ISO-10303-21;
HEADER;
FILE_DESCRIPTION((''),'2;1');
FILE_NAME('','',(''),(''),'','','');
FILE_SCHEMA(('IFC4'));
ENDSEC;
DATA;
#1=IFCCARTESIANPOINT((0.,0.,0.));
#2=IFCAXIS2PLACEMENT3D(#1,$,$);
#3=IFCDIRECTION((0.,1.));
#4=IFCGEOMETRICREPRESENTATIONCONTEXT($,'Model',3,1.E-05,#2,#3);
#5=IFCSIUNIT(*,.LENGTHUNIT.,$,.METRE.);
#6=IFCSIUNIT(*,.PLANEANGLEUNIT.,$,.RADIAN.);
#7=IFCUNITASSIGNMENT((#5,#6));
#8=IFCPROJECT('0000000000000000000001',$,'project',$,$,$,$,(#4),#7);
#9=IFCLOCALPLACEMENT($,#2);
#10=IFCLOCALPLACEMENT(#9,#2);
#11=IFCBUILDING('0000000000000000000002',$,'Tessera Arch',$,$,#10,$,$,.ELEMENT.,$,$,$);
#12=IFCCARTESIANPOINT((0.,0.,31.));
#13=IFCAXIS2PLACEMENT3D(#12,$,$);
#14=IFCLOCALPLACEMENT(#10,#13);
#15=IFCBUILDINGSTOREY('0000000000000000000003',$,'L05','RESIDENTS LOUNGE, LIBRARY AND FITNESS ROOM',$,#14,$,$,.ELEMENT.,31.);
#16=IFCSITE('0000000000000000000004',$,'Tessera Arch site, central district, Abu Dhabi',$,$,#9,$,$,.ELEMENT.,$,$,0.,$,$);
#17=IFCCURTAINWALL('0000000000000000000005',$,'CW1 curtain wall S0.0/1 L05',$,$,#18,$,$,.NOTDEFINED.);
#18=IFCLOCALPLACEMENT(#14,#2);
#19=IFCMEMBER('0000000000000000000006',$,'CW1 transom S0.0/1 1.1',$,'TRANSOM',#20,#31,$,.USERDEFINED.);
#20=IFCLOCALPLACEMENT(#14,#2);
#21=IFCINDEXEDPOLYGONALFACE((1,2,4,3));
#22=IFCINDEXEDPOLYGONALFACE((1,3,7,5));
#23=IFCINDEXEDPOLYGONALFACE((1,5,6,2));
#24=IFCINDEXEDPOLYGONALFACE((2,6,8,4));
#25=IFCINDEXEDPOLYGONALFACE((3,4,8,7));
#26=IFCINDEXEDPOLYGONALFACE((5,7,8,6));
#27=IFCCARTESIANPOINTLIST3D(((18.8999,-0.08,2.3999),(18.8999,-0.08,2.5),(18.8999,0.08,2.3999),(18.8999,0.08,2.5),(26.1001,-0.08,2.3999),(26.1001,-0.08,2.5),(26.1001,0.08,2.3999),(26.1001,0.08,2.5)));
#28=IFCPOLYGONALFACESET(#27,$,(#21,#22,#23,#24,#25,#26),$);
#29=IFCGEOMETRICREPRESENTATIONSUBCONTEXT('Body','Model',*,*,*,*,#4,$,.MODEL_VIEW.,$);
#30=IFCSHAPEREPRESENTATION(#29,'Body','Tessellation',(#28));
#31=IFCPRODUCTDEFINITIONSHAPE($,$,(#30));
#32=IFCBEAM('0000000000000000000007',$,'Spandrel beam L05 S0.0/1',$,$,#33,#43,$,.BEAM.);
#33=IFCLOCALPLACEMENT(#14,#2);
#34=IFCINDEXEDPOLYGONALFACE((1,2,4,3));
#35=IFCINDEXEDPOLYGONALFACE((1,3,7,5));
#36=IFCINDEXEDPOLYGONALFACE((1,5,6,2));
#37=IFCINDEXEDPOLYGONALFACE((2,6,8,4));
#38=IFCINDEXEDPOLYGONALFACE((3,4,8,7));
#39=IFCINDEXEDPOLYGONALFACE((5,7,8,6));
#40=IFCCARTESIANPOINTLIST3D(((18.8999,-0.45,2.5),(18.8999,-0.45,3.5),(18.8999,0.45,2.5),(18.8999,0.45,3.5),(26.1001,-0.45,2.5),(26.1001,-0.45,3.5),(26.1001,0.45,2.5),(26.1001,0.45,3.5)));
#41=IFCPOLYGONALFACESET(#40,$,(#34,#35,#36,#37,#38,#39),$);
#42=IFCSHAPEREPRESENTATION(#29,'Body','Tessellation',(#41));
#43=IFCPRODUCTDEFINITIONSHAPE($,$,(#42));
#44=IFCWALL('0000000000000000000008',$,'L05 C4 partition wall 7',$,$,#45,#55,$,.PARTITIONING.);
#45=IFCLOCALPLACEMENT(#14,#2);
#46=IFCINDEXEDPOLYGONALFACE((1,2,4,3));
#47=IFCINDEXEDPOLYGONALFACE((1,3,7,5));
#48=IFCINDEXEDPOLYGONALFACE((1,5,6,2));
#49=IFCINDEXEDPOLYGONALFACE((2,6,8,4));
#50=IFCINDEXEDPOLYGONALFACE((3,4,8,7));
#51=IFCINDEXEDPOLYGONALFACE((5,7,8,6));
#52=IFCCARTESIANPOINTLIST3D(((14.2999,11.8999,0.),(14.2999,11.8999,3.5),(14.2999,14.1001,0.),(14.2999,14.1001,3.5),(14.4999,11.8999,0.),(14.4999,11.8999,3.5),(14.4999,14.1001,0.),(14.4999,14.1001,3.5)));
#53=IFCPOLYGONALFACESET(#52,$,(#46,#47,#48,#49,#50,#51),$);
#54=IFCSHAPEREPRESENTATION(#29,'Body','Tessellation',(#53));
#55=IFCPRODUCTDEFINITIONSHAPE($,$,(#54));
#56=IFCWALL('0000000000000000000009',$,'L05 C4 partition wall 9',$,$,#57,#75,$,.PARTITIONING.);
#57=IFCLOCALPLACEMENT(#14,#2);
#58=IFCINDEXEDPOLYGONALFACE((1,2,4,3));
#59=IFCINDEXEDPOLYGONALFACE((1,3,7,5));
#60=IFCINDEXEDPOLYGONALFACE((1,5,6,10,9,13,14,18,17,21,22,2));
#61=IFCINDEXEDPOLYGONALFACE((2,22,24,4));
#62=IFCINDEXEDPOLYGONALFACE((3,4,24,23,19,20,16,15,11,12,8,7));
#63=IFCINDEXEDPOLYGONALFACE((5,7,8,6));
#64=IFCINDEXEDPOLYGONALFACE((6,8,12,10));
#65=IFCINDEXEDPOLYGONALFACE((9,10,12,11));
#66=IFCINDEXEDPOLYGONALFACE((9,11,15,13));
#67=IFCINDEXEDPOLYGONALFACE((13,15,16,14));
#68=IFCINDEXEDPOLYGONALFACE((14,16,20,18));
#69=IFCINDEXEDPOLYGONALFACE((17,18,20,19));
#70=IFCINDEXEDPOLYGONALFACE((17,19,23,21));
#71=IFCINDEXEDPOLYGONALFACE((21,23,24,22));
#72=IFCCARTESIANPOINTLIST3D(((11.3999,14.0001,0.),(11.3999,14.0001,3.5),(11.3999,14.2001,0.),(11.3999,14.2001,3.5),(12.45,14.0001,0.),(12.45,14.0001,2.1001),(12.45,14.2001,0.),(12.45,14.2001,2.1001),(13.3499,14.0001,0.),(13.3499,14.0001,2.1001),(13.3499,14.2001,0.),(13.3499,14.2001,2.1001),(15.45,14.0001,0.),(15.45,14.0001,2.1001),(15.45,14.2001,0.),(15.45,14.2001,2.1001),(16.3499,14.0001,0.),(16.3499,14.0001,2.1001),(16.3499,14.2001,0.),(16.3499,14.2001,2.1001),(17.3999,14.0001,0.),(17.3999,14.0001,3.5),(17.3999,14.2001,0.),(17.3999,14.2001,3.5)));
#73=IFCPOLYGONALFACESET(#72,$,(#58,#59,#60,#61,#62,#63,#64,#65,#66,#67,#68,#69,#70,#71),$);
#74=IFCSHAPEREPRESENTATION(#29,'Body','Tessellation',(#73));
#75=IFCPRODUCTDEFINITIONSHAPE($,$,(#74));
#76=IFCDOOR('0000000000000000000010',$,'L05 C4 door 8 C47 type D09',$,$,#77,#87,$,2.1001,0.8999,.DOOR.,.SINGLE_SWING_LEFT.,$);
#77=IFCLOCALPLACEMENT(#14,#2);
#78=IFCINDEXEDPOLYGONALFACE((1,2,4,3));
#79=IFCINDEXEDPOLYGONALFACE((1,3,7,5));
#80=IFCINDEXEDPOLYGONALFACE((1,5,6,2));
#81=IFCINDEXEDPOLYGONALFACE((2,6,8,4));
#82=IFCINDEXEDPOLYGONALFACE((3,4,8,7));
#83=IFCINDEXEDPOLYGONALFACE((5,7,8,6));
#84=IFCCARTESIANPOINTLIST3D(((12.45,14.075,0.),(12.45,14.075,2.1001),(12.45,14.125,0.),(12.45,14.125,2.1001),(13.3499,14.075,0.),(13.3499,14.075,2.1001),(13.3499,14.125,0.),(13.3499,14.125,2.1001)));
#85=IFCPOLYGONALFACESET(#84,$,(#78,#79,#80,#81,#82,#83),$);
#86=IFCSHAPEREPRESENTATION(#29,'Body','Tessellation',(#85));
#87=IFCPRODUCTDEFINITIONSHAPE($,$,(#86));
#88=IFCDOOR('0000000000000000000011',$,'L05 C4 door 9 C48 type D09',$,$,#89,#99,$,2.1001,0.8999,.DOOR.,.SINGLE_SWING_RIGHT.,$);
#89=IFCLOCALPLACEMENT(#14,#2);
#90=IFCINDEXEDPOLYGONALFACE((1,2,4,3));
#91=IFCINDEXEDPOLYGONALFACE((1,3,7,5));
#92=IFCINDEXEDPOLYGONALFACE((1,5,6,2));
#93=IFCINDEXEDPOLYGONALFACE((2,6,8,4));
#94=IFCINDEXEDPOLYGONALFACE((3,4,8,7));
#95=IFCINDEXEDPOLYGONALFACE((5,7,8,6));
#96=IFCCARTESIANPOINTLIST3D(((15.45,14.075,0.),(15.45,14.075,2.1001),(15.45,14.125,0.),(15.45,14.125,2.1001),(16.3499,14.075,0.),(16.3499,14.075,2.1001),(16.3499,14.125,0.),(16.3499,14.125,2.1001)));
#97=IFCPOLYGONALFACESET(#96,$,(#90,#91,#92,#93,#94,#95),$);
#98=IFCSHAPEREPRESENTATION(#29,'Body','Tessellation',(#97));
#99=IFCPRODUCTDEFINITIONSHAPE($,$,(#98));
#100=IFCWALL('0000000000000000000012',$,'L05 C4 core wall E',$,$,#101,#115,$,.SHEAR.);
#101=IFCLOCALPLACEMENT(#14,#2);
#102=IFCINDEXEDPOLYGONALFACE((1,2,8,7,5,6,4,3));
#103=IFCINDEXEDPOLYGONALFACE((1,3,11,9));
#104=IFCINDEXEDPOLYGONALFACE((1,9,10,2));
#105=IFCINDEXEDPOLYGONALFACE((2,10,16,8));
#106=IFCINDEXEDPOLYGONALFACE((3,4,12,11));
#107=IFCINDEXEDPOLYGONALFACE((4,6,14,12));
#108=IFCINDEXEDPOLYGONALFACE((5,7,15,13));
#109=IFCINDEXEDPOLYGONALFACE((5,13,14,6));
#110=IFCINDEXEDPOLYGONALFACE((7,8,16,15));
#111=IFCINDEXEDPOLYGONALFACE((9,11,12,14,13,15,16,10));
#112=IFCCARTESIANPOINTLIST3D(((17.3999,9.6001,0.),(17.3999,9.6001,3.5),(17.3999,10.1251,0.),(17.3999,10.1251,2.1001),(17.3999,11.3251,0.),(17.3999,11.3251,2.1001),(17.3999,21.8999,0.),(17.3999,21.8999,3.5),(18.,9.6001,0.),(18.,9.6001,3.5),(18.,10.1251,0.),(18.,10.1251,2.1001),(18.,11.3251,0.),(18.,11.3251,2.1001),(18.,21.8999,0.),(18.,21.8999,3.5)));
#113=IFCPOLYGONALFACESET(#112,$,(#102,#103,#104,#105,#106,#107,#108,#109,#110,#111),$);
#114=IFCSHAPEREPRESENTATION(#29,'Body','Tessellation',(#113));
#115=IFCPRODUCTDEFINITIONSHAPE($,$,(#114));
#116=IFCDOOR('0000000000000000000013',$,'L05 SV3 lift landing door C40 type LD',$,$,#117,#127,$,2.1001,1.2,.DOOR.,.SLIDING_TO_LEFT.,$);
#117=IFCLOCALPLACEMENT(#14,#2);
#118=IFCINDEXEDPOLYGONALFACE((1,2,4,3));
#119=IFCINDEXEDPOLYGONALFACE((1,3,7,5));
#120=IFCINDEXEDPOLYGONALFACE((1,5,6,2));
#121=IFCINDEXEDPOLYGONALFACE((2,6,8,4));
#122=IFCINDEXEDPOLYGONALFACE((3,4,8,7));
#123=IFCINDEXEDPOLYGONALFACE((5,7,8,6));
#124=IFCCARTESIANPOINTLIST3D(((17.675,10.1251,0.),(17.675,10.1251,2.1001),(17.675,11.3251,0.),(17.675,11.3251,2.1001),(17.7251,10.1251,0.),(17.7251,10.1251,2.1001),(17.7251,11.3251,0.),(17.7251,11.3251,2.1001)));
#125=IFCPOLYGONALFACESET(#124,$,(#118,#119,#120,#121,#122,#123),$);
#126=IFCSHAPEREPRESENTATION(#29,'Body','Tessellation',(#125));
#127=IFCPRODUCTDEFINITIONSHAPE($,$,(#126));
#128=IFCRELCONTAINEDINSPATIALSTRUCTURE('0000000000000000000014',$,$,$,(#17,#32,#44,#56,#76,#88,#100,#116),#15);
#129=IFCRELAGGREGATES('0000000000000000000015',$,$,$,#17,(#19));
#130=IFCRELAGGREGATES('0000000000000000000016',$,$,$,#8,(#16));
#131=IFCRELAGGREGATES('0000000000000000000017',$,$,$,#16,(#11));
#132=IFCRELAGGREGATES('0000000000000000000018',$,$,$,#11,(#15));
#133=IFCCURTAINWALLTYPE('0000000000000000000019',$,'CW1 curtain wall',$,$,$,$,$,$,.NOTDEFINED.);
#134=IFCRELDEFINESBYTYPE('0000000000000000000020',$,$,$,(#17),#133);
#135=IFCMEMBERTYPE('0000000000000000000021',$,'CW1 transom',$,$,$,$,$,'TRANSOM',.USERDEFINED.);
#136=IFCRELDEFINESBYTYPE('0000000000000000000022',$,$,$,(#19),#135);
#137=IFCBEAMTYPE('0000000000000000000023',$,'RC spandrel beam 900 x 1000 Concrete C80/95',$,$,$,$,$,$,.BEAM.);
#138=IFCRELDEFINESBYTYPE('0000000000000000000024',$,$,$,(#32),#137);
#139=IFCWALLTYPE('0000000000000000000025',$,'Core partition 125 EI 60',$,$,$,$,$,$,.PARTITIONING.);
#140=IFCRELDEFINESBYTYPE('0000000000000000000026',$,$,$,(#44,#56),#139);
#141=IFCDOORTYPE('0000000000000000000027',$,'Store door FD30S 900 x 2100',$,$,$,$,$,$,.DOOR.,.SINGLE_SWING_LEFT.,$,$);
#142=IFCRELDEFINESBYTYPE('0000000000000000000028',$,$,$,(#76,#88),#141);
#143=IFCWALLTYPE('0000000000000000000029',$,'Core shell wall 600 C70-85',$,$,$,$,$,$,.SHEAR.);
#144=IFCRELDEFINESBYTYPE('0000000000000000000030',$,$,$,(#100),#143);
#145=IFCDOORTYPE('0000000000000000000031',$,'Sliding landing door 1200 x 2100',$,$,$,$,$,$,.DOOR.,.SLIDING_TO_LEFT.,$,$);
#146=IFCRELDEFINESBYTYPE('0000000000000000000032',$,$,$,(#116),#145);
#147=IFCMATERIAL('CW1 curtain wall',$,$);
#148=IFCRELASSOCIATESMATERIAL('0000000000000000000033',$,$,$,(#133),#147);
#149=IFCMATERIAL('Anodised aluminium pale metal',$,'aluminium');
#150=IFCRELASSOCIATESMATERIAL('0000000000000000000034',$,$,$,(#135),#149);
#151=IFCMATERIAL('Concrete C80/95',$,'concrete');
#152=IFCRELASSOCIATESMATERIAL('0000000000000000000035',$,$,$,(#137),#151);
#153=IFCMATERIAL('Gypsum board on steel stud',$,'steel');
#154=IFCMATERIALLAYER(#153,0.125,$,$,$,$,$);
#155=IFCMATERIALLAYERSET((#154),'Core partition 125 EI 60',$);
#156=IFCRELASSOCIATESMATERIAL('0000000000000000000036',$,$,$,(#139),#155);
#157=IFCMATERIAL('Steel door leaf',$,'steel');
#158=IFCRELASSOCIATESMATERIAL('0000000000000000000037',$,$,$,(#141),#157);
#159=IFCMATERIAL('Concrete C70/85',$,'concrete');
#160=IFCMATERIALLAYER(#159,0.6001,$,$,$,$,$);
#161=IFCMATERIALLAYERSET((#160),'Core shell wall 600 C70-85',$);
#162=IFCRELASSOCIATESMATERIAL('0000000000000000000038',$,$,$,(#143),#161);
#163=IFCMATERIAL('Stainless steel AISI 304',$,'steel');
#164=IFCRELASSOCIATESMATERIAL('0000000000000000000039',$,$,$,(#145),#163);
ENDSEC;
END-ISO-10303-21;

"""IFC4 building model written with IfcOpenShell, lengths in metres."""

from ifc_helpers import new_model, si_unit, direction, frame, frame_2d, origin, origin_2d, place, context, subcontext, project, spatial, rectangle, extrude, material, layer, layer_set, material_profile, profile_set, type_object, element, fill, aggregate, save


model = new_model("IFC4")

# Units and contexts
model_context = context("Model", 3, precision=1e-05, world=origin(), true_north=direction((0.0, 1.0)))
body_context = subcontext(model_context, "Body", "Model", "MODEL_VIEW")
ifc_project = project(units=[si_unit("LENGTHUNIT", "METRE"), si_unit("PLANEANGLEUNIT", "RADIAN")], contexts=[model_context])

# Site, building, storey
site_placement = place(None, origin())
site = spatial("IfcSite", under=ifc_project, at=site_placement, Name="Tessera Arch site, central district, Abu Dhabi", CompositionType="ELEMENT", RefElevation=0.0)
building_placement = place(site_placement, origin())
building = spatial("IfcBuilding", under=site, at=building_placement, Name="Tessera Arch", CompositionType="ELEMENT")
storey_placement = place(building_placement, frame((0.0, 0.0, 31.0)))
storey = spatial("IfcBuildingStorey", under=building, at=storey_placement, Name="L05", Description="RESIDENTS LOUNGE, LIBRARY AND FITNESS ROOM", CompositionType="ELEMENT", Elevation=31.0)

# Curtain wall, member
ifc_material_1 = material(Name="CW1 curtain wall")
curtain_wall_type = type_object("IfcCurtainWallType", Name="CW1 curtain wall", PredefinedType="NOTDEFINED", material=ifc_material_1)
curtain_wall_placement = place(storey_placement, origin())
curtain_wall = element("IfcCurtainWall", 1, at=curtain_wall_placement, inside=storey, type_object=curtain_wall_type, Name="CW1 curtain wall S0.0/1 L05", PredefinedType="NOTDEFINED")
ifc_material_2 = material(Name="Anodised aluminium pale metal", Category="aluminium")
ifc_material_profile_1 = material_profile(ifc_material_2, rectangle(XDim=0.1599, YDim=0.1001, at=origin_2d()), Name="AL 160x100")
ifc_profile_set_1 = profile_set([ifc_material_profile_1], Name="Anodised aluminium pale metal")
member_type = type_object("IfcMemberType", Name="CW1 transom", ElementType="TRANSOM", PredefinedType="USERDEFINED", material=ifc_profile_set_1)
member_placement = place(storey_placement, frame((18.8999, 0.0, 2.45), z_axis=(1.0, 0.0, 0.0), x_axis=(0.0, 1.0, 0.0)))
member = element("IfcMember", 2, at=member_placement, type_object=member_type, Name="CW1 transom S0.0/1 1.1", ObjectType="TRANSOM", PredefinedType="USERDEFINED", context=body_context, shape_type="SweptSolid", body=[
    extrude(rectangle(XDim=0.1599, YDim=0.1001, at=origin_2d()), origin(), (0.0, 0.0, 1.0), 7.2002),
])
aggregate(curtain_wall, [member])

# Beam
ifc_material_3 = material(Name="Concrete C80/95", Category="concrete")
ifc_material_profile_2 = material_profile(ifc_material_3, rectangle(XDim=0.8999, YDim=1.0, at=origin_2d()), Name="RC spandrel beam 900 x 1000 Concrete C80/95")
ifc_profile_set_2 = profile_set([ifc_material_profile_2], Name="Concrete C80/95")
beam_type = type_object("IfcBeamType", Name="RC spandrel beam 900 x 1000 Concrete C80/95", PredefinedType="BEAM", material=ifc_profile_set_2)
beam_placement = place(storey_placement, frame((18.8999, 0.0, 3.0), z_axis=(1.0, 0.0, 0.0), x_axis=(0.0, 1.0, 0.0)))
element("IfcBeam", 3, at=beam_placement, inside=storey, type_object=beam_type, Name="Spandrel beam L05 S0.0/1", PredefinedType="BEAM", context=body_context, shape_type="SweptSolid", body=[
    extrude(rectangle(XDim=0.8999, YDim=1.0, at=origin_2d()), origin(), (0.0, 0.0, 1.0), 7.2002),
])

# Wall
ifc_material_4 = material(Name="Gypsum board on steel stud", Category="steel")
ifc_layer_1 = layer(ifc_material_4, 0.125)
ifc_layer_set_1 = layer_set([ifc_layer_1], Name="Core partition 125 EI 60")
wall_type_1 = type_object("IfcWallType", Name="Core partition 125 EI 60", PredefinedType="PARTITIONING", material=ifc_layer_set_1)
wall_1_placement = place(storey_placement, frame((14.3999, 11.8999, 0.0), z_axis=(0.0, 0.0, 1.0), x_axis=(0.0, 1.0, 0.0)))
element("IfcWall", 4, at=wall_1_placement, inside=storey, type_object=wall_type_1, Name="L05 C4 partition wall 7", PredefinedType="PARTITIONING", context=body_context, shape_type="SweptSolid", body=[
    extrude(rectangle(XDim=2.2002, YDim=0.2, at=frame_2d((1.1001, 0.0))), origin(), (0.0, 0.0, 1.0), 3.5),
])

# Wall, openings, doors
wall_2_placement = place(storey_placement, frame((11.3999, 14.1001, 0.0), z_axis=(0.0, 0.0, 1.0), x_axis=(1.0, 0.0, 0.0)))
wall_2 = element("IfcWall", 5, at=wall_2_placement, inside=storey, type_object=wall_type_1, Name="L05 C4 partition wall 9", PredefinedType="PARTITIONING", context=body_context, shape_type="SweptSolid", body=[
    extrude(rectangle(XDim=6.0, YDim=0.2, at=frame_2d((3.0, 0.0))), origin(), (0.0, 0.0, 1.0), 3.5),
])
opening_1_placement = place(wall_2_placement, frame((1.05, 0.0, 0.0)))
opening_1 = element("IfcOpeningElement", 6, at=opening_1_placement, cuts=wall_2, PredefinedType="OPENING", context=body_context, shape_type="SweptSolid", body=[
    extrude(rectangle(XDim=0.8999, YDim=2.1001, at=frame_2d((0.45, 1.05))), frame((0.0, 0.1099, 0.0), z_axis=(0.0, -1.0, 0.0), x_axis=(1.0, 0.0, 0.0)), (0.0, 0.0, 1.0), 0.22),
])
opening_2_placement = place(wall_2_placement, frame((4.05, 0.0, 0.0)))
opening_2 = element("IfcOpeningElement", 7, at=opening_2_placement, cuts=wall_2, PredefinedType="OPENING", context=body_context, shape_type="SweptSolid", body=[
    extrude(rectangle(XDim=0.8999, YDim=2.1001, at=frame_2d((0.45, 1.05))), frame((0.0, 0.1099, 0.0), z_axis=(0.0, -1.0, 0.0), x_axis=(1.0, 0.0, 0.0)), (0.0, 0.0, 1.0), 0.22),
])
ifc_material_5 = material(Name="Steel door leaf", Category="steel")
door_type_1 = type_object("IfcDoorType", Name="Store door FD30S 900 x 2100", OperationType="SINGLE_SWING_LEFT", PredefinedType="DOOR", material=ifc_material_5)
door_1_placement = place(opening_1_placement, origin())
door_1 = element("IfcDoor", 8, at=door_1_placement, inside=storey, type_object=door_type_1, Name="L05 C4 door 8 C47 type D09", OperationType="SINGLE_SWING_LEFT", OverallHeight=2.1001, OverallWidth=0.8999, PredefinedType="DOOR", context=body_context, shape_type="SweptSolid", body=[
    extrude(rectangle(XDim=0.8999, YDim=2.1001, at=frame_2d((0.45, 1.05))), frame((0.0, 0.0249, 0.0), z_axis=(0.0, -1.0, 0.0), x_axis=(1.0, 0.0, 0.0)), (0.0, 0.0, 1.0), 0.05),
])
fill(opening_1, door_1)
door_2_placement = place(opening_2_placement, origin())
door_2 = element("IfcDoor", 9, at=door_2_placement, inside=storey, type_object=door_type_1, Name="L05 C4 door 9 C48 type D09", OperationType="SINGLE_SWING_RIGHT", OverallHeight=2.1001, OverallWidth=0.8999, PredefinedType="DOOR", context=body_context, shape_type="SweptSolid", body=[
    extrude(rectangle(XDim=0.8999, YDim=2.1001, at=frame_2d((0.45, 1.05))), frame((0.0, 0.0249, 0.0), z_axis=(0.0, -1.0, 0.0), x_axis=(1.0, 0.0, 0.0)), (0.0, 0.0, 1.0), 0.05),
])
fill(opening_2, door_2)

# Wall, opening, door
ifc_material_6 = material(Name="Concrete C70/85", Category="concrete")
ifc_layer_2 = layer(ifc_material_6, 0.6001)
ifc_layer_set_2 = layer_set([ifc_layer_2], Name="Core shell wall 600 C70-85")
wall_type_2 = type_object("IfcWallType", Name="Core shell wall 600 C70-85", PredefinedType="SHEAR", material=ifc_layer_set_2)
wall_3_placement = place(storey_placement, frame((17.7, 9.6001, 0.0), z_axis=(0.0, 0.0, 1.0), x_axis=(0.0, 1.0, 0.0)))
wall_3 = element("IfcWall", 10, at=wall_3_placement, inside=storey, type_object=wall_type_2, Name="L05 C4 core wall E", PredefinedType="SHEAR", context=body_context, shape_type="SweptSolid", body=[
    extrude(rectangle(XDim=12.2998, YDim=0.6001, at=frame_2d((6.1499, 0.0))), origin(), (0.0, 0.0, 1.0), 3.5),
])
opening_3_placement = place(wall_3_placement, frame((0.5249, 0.0, 0.0)))
opening_3 = element("IfcOpeningElement", 11, at=opening_3_placement, cuts=wall_3, PredefinedType="OPENING", context=body_context, shape_type="SweptSolid", body=[
    extrude(rectangle(XDim=1.2, YDim=2.1001, at=frame_2d((0.6001, 1.05))), frame((0.0, 0.3101, 0.0), z_axis=(0.0, -1.0, 0.0), x_axis=(1.0, 0.0, 0.0)), (0.0, 0.0, 1.0), 0.6201),
])
ifc_material_7 = material(Name="Stainless steel AISI 304", Category="steel")
door_type_2 = type_object("IfcDoorType", Name="Sliding landing door 1200 x 2100", OperationType="SLIDING_TO_LEFT", PredefinedType="DOOR", material=ifc_material_7)
door_3_placement = place(opening_3_placement, origin())
door_3 = element("IfcDoor", 12, at=door_3_placement, inside=storey, type_object=door_type_2, Name="L05 SV3 lift landing door C40 type LD", OperationType="SLIDING_TO_LEFT", OverallHeight=2.1001, OverallWidth=1.2, PredefinedType="DOOR", context=body_context, shape_type="SweptSolid", body=[
    extrude(rectangle(XDim=1.2, YDim=2.1001, at=frame_2d((0.6001, 1.05))), frame((0.0, 0.0249, 0.0), z_axis=(0.0, -1.0, 0.0), x_axis=(1.0, 0.0, 0.0)), (0.0, 0.0, 1.0), 0.05),
])
fill(opening_3, door_3)

save(model, "model.ifc")
